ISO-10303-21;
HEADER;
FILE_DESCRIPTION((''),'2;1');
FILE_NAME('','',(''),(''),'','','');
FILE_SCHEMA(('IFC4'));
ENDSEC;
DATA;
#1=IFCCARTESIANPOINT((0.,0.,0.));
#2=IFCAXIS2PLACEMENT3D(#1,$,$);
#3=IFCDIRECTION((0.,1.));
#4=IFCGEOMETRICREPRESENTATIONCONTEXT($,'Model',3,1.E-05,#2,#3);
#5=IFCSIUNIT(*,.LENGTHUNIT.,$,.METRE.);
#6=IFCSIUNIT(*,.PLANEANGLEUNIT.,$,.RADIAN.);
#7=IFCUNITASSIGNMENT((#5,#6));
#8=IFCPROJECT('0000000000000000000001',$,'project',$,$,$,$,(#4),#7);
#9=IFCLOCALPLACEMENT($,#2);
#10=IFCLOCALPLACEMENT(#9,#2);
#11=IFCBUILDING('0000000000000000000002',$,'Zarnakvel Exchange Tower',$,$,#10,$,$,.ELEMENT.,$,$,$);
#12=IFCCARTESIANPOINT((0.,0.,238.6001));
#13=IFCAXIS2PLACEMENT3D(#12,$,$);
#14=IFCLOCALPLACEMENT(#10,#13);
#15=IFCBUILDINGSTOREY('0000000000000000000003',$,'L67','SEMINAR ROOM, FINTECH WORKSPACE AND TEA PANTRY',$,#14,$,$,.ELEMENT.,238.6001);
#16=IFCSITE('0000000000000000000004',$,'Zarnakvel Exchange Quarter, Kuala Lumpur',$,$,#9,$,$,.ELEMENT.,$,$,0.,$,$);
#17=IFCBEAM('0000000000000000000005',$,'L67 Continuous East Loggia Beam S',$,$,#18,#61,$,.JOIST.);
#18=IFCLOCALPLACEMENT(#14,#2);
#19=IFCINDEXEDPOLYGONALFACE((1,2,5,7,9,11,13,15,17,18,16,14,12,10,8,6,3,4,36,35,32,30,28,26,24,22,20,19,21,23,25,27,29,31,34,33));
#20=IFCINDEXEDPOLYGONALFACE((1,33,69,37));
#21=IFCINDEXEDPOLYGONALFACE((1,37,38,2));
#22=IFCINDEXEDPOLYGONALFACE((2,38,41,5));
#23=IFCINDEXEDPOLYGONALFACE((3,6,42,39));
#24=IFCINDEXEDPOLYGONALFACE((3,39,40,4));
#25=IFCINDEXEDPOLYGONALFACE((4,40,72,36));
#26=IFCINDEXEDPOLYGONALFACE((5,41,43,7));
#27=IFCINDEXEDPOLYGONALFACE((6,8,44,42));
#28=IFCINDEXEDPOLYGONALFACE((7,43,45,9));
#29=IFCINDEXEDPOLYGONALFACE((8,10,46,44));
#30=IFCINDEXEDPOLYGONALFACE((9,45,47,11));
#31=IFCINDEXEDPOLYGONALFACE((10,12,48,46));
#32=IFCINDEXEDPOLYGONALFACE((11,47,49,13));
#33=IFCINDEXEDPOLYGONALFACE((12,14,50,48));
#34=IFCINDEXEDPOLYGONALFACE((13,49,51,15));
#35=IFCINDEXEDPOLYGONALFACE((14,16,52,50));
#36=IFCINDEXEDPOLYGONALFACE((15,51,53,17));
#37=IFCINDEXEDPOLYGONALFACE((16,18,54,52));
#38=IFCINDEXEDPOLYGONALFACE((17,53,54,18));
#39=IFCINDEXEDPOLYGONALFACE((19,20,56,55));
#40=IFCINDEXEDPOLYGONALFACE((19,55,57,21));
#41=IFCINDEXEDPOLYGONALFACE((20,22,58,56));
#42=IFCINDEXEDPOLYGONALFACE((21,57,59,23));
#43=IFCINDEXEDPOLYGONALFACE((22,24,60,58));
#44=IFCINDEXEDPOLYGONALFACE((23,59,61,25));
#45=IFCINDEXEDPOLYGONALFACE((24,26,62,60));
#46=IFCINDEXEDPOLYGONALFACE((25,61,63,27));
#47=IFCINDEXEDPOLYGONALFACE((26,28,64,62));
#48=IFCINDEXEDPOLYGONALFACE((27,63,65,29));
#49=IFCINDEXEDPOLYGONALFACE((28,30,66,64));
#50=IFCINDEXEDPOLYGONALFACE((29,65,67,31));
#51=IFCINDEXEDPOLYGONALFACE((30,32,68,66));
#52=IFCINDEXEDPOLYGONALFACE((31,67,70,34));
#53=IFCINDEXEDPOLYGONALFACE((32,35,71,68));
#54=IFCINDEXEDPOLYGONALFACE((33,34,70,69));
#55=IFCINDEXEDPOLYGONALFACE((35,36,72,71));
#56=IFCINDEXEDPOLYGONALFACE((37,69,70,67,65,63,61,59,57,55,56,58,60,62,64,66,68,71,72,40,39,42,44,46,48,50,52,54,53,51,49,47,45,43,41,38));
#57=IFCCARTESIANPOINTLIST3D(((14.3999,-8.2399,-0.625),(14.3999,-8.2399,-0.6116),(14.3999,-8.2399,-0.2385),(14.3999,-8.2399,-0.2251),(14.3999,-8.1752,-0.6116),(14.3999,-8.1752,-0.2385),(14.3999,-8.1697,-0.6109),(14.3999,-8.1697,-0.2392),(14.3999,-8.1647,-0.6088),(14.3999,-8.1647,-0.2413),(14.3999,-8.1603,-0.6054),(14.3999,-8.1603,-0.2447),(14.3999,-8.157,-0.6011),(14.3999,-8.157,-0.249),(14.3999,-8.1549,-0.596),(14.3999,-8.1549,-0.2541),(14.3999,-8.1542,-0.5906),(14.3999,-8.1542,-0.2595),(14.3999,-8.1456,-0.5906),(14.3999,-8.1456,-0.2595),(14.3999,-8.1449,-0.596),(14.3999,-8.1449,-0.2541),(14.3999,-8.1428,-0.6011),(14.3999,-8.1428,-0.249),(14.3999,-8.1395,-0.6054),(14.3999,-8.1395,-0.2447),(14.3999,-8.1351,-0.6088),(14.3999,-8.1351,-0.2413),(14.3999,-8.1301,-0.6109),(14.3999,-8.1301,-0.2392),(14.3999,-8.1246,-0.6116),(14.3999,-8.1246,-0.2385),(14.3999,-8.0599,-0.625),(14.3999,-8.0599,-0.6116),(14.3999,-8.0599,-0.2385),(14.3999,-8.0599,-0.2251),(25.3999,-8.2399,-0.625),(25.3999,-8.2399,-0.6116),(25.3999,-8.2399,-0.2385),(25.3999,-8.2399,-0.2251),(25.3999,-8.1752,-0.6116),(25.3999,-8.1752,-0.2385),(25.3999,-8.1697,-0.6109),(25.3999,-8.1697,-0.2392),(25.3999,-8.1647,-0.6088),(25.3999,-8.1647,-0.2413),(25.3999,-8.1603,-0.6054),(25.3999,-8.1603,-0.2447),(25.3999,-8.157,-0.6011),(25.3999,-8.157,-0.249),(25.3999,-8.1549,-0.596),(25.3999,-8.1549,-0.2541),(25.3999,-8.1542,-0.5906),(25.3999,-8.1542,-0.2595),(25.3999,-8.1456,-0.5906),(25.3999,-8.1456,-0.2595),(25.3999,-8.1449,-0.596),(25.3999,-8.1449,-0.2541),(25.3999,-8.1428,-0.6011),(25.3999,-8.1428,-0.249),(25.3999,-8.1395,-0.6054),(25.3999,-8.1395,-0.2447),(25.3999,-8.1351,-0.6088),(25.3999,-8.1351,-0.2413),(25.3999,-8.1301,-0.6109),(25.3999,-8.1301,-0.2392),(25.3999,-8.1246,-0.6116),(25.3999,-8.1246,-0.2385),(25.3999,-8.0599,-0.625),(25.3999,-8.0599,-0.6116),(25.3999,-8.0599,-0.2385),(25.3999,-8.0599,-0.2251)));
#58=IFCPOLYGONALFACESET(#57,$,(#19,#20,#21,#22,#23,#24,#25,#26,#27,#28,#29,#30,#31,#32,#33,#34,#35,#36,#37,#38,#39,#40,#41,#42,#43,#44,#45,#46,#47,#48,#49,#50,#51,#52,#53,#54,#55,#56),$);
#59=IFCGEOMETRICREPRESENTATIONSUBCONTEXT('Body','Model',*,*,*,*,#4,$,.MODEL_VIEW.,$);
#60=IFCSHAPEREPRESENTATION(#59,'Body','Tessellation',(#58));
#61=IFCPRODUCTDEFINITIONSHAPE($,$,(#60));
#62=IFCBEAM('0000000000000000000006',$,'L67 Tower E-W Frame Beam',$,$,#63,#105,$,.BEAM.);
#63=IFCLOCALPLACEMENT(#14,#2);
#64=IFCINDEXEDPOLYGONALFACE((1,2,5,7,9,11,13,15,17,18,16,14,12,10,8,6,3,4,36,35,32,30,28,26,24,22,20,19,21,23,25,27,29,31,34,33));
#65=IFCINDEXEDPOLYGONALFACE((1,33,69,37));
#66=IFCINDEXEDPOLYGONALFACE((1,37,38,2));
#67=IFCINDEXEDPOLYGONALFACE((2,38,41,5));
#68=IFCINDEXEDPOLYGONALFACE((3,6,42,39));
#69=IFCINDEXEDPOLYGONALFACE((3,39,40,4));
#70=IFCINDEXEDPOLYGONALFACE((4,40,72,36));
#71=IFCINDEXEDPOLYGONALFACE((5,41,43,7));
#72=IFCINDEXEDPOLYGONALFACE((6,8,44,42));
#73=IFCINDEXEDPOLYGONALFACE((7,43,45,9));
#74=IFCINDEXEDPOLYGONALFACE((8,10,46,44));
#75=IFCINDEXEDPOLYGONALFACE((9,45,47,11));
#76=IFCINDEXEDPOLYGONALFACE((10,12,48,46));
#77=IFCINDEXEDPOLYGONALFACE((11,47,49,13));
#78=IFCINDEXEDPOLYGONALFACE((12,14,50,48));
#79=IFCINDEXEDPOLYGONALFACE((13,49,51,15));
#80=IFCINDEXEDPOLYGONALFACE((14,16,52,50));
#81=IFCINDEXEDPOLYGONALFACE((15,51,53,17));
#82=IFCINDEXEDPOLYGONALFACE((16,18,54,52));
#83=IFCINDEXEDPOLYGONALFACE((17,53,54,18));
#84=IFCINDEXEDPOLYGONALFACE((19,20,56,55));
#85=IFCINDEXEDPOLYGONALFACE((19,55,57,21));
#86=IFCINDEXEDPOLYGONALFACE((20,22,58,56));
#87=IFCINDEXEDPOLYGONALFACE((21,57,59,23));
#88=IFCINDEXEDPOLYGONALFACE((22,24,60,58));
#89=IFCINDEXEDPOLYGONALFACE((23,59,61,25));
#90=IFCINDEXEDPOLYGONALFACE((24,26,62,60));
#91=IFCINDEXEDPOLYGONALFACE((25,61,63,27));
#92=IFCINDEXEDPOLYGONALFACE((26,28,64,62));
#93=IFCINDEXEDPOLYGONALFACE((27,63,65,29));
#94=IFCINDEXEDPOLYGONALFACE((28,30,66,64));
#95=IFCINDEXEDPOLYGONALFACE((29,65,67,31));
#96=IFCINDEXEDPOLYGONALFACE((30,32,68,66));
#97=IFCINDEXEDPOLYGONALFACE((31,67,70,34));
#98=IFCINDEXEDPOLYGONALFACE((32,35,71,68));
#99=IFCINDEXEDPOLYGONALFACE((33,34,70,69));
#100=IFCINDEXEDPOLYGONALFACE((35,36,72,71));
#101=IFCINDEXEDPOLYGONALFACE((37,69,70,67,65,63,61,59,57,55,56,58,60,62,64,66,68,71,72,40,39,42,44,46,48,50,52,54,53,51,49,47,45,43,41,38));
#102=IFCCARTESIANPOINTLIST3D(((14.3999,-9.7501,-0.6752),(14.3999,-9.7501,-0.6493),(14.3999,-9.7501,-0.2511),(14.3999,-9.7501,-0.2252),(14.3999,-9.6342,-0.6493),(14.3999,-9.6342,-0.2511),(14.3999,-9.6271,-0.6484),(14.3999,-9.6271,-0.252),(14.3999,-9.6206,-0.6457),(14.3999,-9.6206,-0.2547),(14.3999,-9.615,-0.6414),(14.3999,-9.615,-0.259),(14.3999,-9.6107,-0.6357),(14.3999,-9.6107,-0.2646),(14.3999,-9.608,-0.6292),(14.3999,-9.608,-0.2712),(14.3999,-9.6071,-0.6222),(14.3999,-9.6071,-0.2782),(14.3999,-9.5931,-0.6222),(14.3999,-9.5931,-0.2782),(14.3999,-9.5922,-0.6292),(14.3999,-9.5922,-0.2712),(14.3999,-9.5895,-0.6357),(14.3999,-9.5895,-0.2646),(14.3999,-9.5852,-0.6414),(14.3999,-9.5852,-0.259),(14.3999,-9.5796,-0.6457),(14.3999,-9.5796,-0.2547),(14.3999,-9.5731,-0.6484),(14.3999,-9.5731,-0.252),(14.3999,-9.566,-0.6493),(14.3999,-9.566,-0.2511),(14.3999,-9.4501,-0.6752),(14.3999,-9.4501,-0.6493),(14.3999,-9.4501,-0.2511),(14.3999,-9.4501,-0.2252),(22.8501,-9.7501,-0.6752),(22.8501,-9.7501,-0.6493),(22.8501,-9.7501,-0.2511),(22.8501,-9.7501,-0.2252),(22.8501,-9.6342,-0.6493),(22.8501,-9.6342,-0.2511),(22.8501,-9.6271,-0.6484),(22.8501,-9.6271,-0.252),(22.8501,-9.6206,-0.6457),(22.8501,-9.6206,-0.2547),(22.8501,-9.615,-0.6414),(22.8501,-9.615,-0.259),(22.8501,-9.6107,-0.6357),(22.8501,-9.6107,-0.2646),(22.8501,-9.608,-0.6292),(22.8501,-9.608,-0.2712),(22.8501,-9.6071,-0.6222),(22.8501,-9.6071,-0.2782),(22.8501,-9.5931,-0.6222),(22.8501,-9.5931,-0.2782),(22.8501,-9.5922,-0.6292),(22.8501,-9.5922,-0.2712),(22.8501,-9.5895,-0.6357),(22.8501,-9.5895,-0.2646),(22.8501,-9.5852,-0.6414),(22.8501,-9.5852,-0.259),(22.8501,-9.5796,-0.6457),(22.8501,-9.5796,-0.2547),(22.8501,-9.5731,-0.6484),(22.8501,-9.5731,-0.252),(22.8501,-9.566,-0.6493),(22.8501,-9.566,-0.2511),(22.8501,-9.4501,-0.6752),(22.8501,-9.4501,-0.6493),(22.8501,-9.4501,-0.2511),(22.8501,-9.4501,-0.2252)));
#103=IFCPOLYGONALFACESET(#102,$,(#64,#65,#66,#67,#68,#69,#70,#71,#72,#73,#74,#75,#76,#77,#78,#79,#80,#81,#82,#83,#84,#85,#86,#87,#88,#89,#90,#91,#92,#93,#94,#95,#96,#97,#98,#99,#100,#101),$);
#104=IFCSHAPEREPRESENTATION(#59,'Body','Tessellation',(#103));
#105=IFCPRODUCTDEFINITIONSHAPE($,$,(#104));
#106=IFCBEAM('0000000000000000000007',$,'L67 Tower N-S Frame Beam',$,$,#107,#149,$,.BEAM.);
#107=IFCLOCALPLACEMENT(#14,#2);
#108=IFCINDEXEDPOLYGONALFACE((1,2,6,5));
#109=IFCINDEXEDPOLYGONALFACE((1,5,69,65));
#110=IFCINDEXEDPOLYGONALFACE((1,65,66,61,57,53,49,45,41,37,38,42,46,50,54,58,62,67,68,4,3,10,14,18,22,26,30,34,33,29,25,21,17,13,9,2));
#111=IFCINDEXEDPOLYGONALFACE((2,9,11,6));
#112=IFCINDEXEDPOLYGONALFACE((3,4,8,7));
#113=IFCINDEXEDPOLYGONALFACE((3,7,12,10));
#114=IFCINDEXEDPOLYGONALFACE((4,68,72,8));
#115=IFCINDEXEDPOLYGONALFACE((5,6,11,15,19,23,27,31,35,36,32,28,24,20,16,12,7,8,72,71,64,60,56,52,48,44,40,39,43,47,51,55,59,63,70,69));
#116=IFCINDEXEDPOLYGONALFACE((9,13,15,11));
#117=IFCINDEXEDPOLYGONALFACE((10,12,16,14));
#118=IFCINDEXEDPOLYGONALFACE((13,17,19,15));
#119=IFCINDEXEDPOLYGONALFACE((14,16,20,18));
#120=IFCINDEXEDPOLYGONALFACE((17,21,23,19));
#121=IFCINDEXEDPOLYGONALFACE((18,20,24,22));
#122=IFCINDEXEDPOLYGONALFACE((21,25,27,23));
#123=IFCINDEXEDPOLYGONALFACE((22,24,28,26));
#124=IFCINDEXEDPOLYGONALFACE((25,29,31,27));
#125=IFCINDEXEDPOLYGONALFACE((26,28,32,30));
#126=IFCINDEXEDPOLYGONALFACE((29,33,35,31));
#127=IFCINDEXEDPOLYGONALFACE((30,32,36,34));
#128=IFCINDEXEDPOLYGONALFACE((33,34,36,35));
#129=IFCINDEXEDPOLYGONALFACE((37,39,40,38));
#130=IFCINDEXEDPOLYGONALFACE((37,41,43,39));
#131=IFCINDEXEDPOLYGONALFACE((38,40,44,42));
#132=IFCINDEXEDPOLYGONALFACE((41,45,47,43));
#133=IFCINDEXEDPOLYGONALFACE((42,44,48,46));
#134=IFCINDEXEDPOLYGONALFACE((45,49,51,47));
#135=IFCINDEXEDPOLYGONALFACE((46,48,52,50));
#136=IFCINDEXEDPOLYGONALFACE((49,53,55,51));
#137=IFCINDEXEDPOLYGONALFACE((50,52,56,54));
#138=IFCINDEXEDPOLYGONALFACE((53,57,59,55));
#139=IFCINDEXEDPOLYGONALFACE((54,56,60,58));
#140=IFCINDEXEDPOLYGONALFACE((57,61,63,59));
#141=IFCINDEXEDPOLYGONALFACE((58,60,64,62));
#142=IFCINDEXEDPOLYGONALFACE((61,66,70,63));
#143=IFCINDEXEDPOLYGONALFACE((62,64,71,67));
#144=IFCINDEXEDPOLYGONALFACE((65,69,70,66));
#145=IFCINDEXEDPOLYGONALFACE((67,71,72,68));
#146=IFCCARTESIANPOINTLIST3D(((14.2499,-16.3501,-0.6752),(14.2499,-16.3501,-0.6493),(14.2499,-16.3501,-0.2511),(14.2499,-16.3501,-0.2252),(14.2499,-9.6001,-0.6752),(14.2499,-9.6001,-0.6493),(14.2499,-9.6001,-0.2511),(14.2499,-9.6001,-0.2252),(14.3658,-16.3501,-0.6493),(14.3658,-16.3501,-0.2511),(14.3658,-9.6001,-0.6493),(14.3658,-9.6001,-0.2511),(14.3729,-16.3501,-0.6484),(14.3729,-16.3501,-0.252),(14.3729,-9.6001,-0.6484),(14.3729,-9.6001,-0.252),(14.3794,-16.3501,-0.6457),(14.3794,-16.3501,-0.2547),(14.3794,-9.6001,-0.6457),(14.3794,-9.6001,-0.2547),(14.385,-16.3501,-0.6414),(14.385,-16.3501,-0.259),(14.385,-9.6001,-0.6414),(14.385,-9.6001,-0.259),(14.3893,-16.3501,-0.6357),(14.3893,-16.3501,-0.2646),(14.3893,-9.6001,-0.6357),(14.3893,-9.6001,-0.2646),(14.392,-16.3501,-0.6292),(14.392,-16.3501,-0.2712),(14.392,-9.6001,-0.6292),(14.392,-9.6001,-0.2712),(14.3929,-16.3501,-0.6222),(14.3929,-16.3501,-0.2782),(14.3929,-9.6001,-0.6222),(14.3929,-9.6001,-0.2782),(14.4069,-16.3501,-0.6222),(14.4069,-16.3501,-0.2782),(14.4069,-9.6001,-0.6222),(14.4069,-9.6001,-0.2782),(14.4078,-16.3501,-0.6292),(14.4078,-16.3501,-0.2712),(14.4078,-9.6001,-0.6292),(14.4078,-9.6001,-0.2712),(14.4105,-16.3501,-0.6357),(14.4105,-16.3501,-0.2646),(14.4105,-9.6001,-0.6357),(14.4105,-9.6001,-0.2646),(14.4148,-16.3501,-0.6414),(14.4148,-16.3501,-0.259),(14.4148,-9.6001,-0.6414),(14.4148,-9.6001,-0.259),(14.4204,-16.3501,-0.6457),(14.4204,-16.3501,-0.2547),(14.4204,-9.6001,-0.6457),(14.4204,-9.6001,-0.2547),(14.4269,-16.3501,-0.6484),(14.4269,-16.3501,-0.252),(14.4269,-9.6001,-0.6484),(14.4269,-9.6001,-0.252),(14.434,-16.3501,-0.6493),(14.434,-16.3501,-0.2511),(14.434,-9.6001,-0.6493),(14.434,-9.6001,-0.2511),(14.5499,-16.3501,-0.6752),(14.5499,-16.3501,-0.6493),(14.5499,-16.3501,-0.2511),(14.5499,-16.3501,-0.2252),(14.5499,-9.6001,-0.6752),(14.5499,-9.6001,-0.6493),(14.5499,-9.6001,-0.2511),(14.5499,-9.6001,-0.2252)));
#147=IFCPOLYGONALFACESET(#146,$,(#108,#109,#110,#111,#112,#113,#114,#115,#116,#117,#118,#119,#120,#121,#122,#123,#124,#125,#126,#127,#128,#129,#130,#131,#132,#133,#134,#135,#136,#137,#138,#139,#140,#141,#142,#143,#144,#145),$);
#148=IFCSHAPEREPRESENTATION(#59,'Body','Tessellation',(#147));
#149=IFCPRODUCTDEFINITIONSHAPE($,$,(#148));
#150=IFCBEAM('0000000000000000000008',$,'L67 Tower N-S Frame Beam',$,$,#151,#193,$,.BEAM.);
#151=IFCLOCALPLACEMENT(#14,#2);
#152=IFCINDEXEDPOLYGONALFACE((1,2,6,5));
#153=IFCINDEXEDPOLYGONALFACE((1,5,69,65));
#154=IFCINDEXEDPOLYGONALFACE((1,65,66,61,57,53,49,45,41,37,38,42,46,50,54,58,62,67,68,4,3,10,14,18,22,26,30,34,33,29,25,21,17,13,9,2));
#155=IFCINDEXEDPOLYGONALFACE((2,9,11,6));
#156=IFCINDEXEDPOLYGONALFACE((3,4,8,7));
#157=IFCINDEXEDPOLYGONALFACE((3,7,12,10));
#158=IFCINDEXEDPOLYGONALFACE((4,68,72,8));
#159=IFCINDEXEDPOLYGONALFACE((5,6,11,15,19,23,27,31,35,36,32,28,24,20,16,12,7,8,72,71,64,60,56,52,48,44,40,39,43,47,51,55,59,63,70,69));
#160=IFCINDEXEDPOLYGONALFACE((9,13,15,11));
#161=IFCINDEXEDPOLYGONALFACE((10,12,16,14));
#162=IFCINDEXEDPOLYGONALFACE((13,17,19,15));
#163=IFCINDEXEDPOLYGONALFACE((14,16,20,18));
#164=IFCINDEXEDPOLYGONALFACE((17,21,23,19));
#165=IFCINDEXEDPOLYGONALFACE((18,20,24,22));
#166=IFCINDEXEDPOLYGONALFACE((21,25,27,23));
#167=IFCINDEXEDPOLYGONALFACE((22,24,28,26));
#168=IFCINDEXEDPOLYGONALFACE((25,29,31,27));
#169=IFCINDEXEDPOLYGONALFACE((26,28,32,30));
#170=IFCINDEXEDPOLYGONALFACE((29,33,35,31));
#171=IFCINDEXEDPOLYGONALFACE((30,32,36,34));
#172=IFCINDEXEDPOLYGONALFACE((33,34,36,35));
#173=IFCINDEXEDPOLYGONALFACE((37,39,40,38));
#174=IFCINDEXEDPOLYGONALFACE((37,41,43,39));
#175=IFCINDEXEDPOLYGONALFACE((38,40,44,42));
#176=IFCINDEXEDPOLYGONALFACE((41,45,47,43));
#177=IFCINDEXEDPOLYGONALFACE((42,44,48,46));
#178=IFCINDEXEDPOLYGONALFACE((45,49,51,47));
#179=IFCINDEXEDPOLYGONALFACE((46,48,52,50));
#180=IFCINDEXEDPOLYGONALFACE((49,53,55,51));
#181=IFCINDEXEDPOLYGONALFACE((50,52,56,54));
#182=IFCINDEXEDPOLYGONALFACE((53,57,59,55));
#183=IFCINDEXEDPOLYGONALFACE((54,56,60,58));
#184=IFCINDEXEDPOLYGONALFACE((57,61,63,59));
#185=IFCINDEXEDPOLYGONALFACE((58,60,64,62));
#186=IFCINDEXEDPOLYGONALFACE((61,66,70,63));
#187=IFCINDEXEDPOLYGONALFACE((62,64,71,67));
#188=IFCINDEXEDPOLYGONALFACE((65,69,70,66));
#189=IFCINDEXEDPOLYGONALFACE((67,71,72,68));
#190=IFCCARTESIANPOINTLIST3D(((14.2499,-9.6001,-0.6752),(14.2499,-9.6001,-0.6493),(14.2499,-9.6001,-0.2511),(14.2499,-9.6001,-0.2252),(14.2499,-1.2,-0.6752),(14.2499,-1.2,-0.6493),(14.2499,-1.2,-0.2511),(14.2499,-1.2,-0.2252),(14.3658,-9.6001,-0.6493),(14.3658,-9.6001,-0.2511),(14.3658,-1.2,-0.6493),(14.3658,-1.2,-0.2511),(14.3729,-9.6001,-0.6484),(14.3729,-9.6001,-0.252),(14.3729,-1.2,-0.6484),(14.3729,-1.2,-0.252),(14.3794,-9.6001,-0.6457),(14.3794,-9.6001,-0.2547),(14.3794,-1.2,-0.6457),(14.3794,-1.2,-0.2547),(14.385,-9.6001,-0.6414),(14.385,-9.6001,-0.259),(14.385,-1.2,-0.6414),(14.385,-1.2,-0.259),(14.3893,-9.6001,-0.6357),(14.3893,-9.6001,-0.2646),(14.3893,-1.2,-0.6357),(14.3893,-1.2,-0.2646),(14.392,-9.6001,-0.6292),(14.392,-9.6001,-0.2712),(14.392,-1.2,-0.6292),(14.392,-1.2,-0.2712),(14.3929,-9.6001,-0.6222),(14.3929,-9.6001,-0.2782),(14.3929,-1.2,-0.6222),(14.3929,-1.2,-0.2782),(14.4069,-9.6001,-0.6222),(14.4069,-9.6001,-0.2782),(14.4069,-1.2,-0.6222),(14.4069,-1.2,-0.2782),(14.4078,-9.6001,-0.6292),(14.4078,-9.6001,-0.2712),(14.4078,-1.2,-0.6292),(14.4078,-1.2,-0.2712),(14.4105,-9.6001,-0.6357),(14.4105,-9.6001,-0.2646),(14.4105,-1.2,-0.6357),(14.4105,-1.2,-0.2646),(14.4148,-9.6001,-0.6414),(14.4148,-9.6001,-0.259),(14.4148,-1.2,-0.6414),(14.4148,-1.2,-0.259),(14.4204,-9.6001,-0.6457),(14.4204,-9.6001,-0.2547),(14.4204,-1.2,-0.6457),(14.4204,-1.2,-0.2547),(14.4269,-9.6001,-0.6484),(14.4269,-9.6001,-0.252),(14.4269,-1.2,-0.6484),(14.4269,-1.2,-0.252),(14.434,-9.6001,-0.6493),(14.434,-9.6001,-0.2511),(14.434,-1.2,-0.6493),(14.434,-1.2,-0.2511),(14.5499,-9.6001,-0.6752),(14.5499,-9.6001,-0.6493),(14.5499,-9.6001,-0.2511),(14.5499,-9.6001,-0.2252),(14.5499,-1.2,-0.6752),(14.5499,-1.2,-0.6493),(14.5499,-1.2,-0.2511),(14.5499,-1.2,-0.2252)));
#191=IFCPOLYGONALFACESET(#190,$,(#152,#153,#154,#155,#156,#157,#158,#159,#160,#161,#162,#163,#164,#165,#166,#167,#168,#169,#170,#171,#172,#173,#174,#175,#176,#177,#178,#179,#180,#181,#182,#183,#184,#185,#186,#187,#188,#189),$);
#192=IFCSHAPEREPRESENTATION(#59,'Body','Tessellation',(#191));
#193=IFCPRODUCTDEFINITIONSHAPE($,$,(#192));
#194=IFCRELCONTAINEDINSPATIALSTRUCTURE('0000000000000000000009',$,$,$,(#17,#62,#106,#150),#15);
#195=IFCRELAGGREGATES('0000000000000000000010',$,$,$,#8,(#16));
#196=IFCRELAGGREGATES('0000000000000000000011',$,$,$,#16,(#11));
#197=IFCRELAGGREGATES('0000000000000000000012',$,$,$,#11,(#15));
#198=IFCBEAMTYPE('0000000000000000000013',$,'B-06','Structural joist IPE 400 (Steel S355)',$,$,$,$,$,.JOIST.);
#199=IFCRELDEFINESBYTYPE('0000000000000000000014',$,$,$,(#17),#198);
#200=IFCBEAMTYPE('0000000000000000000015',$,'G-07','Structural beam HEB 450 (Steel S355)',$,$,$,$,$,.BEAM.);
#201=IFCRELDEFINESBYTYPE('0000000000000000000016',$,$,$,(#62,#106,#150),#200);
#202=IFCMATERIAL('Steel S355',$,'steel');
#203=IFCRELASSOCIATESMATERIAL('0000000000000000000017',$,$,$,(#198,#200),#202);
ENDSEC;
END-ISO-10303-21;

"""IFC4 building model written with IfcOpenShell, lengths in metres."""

from ifc_helpers import new_model, si_unit, direction, frame, origin, origin_2d, place, context, subcontext, project, spatial, i_section, extrude, material, material_profile, profile_set, type_object, element, save


model = new_model("IFC4")

# Units and contexts
model_context = context("Model", 3, precision=1e-05, world=origin(), true_north=direction((0.0, 1.0)))
body_context = subcontext(model_context, "Body", "Model", "MODEL_VIEW")
ifc_project = project(units=[si_unit("LENGTHUNIT", "METRE"), si_unit("PLANEANGLEUNIT", "RADIAN")], contexts=[model_context])

# Site, building, storey
site_placement = place(None, origin())
site = spatial("IfcSite", under=ifc_project, at=site_placement, Name="Zarnakvel Exchange Quarter, Kuala Lumpur", CompositionType="ELEMENT", RefElevation=0.0)
building_placement = place(site_placement, origin())
building = spatial("IfcBuilding", under=site, at=building_placement, Name="Zarnakvel Exchange Tower", CompositionType="ELEMENT")
storey_placement = place(building_placement, frame((0.0, 0.0, 238.6001)))
storey = spatial("IfcBuildingStorey", under=building, at=storey_placement, Name="L67", Description="SEMINAR ROOM, FINTECH WORKSPACE AND TEA PANTRY", CompositionType="ELEMENT", Elevation=238.6001)

# Shared definitions
ifc_material_1 = material(Name="Steel S355", Category="steel")

# Beams
ifc_material_profile_1 = material_profile(ifc_material_1, i_section(OverallWidth=0.1799, OverallDepth=0.3999, WebThickness=0.0085, FlangeThickness=0.0134, FilletRadius=0.021, at=origin_2d()))
ifc_profile_set_1 = profile_set([ifc_material_profile_1], Name="Steel S355")
beam_type_1 = type_object("IfcBeamType", Name="B-06", Description="Structural joist IPE 400 (Steel S355)", PredefinedType="JOIST", material=ifc_profile_set_1)
beam_1_placement = place(storey_placement, frame((14.3999, -8.1499, -0.425), z_axis=(1.0, 0.0, 0.0), x_axis=(0.0, 1.0, 0.0)))
element("IfcBeam", 1, at=beam_1_placement, inside=storey, type_object=beam_type_1, Name="L67 Continuous East Loggia Beam S", PredefinedType="JOIST", context=body_context, shape_type="SweptSolid", body=[
    extrude(i_section(OverallWidth=0.1799, OverallDepth=0.3999, WebThickness=0.0085, FlangeThickness=0.0134, FilletRadius=0.021, at=origin_2d()), origin(), (0.0, 0.0, 1.0), 11.0),
])
ifc_material_profile_2 = material_profile(ifc_material_1, i_section(OverallWidth=0.3, OverallDepth=0.45, WebThickness=0.0139, FlangeThickness=0.0259, FilletRadius=0.0271, at=origin_2d()))
ifc_profile_set_2 = profile_set([ifc_material_profile_2], Name="Steel S355")
beam_type_2 = type_object("IfcBeamType", Name="G-07", Description="Structural beam HEB 450 (Steel S355)", PredefinedType="BEAM", material=ifc_profile_set_2)
beam_2_placement = place(storey_placement, frame((14.3999, -9.6001, -0.4502), z_axis=(1.0, 0.0, 0.0), x_axis=(0.0, 1.0, 0.0)))
element("IfcBeam", 2, at=beam_2_placement, inside=storey, type_object=beam_type_2, Name="L67 Tower E-W Frame Beam", PredefinedType="BEAM", context=body_context, shape_type="SweptSolid", body=[
    extrude(i_section(OverallWidth=0.3, OverallDepth=0.45, WebThickness=0.0139, FlangeThickness=0.0259, FilletRadius=0.0271, at=origin_2d()), origin(), (0.0, 0.0, 1.0), 8.4502),
])
beam_3_placement = place(storey_placement, frame((14.3999, -16.3501, -0.4502), z_axis=(0.0, 1.0, 0.0), x_axis=(-1.0, 0.0, 0.0)))
element("IfcBeam", 3, at=beam_3_placement, inside=storey, type_object=beam_type_2, Name="L67 Tower N-S Frame Beam", PredefinedType="BEAM", context=body_context, shape_type="SweptSolid", body=[
    extrude(i_section(OverallWidth=0.3, OverallDepth=0.45, WebThickness=0.0139, FlangeThickness=0.0259, FilletRadius=0.0271, at=origin_2d()), origin(), (0.0, 0.0, 1.0), 6.75),
])
beam_4_placement = place(storey_placement, frame((14.3999, -9.6001, -0.4502), z_axis=(0.0, 1.0, 0.0), x_axis=(-1.0, 0.0, 0.0)))
element("IfcBeam", 4, at=beam_4_placement, inside=storey, type_object=beam_type_2, Name="L67 Tower N-S Frame Beam", PredefinedType="BEAM", context=body_context, shape_type="SweptSolid", body=[
    extrude(i_section(OverallWidth=0.3, OverallDepth=0.45, WebThickness=0.0139, FlangeThickness=0.0259, FilletRadius=0.0271, at=origin_2d()), origin(), (0.0, 0.0, 1.0), 8.4001),
])

save(model, "model.ifc")
